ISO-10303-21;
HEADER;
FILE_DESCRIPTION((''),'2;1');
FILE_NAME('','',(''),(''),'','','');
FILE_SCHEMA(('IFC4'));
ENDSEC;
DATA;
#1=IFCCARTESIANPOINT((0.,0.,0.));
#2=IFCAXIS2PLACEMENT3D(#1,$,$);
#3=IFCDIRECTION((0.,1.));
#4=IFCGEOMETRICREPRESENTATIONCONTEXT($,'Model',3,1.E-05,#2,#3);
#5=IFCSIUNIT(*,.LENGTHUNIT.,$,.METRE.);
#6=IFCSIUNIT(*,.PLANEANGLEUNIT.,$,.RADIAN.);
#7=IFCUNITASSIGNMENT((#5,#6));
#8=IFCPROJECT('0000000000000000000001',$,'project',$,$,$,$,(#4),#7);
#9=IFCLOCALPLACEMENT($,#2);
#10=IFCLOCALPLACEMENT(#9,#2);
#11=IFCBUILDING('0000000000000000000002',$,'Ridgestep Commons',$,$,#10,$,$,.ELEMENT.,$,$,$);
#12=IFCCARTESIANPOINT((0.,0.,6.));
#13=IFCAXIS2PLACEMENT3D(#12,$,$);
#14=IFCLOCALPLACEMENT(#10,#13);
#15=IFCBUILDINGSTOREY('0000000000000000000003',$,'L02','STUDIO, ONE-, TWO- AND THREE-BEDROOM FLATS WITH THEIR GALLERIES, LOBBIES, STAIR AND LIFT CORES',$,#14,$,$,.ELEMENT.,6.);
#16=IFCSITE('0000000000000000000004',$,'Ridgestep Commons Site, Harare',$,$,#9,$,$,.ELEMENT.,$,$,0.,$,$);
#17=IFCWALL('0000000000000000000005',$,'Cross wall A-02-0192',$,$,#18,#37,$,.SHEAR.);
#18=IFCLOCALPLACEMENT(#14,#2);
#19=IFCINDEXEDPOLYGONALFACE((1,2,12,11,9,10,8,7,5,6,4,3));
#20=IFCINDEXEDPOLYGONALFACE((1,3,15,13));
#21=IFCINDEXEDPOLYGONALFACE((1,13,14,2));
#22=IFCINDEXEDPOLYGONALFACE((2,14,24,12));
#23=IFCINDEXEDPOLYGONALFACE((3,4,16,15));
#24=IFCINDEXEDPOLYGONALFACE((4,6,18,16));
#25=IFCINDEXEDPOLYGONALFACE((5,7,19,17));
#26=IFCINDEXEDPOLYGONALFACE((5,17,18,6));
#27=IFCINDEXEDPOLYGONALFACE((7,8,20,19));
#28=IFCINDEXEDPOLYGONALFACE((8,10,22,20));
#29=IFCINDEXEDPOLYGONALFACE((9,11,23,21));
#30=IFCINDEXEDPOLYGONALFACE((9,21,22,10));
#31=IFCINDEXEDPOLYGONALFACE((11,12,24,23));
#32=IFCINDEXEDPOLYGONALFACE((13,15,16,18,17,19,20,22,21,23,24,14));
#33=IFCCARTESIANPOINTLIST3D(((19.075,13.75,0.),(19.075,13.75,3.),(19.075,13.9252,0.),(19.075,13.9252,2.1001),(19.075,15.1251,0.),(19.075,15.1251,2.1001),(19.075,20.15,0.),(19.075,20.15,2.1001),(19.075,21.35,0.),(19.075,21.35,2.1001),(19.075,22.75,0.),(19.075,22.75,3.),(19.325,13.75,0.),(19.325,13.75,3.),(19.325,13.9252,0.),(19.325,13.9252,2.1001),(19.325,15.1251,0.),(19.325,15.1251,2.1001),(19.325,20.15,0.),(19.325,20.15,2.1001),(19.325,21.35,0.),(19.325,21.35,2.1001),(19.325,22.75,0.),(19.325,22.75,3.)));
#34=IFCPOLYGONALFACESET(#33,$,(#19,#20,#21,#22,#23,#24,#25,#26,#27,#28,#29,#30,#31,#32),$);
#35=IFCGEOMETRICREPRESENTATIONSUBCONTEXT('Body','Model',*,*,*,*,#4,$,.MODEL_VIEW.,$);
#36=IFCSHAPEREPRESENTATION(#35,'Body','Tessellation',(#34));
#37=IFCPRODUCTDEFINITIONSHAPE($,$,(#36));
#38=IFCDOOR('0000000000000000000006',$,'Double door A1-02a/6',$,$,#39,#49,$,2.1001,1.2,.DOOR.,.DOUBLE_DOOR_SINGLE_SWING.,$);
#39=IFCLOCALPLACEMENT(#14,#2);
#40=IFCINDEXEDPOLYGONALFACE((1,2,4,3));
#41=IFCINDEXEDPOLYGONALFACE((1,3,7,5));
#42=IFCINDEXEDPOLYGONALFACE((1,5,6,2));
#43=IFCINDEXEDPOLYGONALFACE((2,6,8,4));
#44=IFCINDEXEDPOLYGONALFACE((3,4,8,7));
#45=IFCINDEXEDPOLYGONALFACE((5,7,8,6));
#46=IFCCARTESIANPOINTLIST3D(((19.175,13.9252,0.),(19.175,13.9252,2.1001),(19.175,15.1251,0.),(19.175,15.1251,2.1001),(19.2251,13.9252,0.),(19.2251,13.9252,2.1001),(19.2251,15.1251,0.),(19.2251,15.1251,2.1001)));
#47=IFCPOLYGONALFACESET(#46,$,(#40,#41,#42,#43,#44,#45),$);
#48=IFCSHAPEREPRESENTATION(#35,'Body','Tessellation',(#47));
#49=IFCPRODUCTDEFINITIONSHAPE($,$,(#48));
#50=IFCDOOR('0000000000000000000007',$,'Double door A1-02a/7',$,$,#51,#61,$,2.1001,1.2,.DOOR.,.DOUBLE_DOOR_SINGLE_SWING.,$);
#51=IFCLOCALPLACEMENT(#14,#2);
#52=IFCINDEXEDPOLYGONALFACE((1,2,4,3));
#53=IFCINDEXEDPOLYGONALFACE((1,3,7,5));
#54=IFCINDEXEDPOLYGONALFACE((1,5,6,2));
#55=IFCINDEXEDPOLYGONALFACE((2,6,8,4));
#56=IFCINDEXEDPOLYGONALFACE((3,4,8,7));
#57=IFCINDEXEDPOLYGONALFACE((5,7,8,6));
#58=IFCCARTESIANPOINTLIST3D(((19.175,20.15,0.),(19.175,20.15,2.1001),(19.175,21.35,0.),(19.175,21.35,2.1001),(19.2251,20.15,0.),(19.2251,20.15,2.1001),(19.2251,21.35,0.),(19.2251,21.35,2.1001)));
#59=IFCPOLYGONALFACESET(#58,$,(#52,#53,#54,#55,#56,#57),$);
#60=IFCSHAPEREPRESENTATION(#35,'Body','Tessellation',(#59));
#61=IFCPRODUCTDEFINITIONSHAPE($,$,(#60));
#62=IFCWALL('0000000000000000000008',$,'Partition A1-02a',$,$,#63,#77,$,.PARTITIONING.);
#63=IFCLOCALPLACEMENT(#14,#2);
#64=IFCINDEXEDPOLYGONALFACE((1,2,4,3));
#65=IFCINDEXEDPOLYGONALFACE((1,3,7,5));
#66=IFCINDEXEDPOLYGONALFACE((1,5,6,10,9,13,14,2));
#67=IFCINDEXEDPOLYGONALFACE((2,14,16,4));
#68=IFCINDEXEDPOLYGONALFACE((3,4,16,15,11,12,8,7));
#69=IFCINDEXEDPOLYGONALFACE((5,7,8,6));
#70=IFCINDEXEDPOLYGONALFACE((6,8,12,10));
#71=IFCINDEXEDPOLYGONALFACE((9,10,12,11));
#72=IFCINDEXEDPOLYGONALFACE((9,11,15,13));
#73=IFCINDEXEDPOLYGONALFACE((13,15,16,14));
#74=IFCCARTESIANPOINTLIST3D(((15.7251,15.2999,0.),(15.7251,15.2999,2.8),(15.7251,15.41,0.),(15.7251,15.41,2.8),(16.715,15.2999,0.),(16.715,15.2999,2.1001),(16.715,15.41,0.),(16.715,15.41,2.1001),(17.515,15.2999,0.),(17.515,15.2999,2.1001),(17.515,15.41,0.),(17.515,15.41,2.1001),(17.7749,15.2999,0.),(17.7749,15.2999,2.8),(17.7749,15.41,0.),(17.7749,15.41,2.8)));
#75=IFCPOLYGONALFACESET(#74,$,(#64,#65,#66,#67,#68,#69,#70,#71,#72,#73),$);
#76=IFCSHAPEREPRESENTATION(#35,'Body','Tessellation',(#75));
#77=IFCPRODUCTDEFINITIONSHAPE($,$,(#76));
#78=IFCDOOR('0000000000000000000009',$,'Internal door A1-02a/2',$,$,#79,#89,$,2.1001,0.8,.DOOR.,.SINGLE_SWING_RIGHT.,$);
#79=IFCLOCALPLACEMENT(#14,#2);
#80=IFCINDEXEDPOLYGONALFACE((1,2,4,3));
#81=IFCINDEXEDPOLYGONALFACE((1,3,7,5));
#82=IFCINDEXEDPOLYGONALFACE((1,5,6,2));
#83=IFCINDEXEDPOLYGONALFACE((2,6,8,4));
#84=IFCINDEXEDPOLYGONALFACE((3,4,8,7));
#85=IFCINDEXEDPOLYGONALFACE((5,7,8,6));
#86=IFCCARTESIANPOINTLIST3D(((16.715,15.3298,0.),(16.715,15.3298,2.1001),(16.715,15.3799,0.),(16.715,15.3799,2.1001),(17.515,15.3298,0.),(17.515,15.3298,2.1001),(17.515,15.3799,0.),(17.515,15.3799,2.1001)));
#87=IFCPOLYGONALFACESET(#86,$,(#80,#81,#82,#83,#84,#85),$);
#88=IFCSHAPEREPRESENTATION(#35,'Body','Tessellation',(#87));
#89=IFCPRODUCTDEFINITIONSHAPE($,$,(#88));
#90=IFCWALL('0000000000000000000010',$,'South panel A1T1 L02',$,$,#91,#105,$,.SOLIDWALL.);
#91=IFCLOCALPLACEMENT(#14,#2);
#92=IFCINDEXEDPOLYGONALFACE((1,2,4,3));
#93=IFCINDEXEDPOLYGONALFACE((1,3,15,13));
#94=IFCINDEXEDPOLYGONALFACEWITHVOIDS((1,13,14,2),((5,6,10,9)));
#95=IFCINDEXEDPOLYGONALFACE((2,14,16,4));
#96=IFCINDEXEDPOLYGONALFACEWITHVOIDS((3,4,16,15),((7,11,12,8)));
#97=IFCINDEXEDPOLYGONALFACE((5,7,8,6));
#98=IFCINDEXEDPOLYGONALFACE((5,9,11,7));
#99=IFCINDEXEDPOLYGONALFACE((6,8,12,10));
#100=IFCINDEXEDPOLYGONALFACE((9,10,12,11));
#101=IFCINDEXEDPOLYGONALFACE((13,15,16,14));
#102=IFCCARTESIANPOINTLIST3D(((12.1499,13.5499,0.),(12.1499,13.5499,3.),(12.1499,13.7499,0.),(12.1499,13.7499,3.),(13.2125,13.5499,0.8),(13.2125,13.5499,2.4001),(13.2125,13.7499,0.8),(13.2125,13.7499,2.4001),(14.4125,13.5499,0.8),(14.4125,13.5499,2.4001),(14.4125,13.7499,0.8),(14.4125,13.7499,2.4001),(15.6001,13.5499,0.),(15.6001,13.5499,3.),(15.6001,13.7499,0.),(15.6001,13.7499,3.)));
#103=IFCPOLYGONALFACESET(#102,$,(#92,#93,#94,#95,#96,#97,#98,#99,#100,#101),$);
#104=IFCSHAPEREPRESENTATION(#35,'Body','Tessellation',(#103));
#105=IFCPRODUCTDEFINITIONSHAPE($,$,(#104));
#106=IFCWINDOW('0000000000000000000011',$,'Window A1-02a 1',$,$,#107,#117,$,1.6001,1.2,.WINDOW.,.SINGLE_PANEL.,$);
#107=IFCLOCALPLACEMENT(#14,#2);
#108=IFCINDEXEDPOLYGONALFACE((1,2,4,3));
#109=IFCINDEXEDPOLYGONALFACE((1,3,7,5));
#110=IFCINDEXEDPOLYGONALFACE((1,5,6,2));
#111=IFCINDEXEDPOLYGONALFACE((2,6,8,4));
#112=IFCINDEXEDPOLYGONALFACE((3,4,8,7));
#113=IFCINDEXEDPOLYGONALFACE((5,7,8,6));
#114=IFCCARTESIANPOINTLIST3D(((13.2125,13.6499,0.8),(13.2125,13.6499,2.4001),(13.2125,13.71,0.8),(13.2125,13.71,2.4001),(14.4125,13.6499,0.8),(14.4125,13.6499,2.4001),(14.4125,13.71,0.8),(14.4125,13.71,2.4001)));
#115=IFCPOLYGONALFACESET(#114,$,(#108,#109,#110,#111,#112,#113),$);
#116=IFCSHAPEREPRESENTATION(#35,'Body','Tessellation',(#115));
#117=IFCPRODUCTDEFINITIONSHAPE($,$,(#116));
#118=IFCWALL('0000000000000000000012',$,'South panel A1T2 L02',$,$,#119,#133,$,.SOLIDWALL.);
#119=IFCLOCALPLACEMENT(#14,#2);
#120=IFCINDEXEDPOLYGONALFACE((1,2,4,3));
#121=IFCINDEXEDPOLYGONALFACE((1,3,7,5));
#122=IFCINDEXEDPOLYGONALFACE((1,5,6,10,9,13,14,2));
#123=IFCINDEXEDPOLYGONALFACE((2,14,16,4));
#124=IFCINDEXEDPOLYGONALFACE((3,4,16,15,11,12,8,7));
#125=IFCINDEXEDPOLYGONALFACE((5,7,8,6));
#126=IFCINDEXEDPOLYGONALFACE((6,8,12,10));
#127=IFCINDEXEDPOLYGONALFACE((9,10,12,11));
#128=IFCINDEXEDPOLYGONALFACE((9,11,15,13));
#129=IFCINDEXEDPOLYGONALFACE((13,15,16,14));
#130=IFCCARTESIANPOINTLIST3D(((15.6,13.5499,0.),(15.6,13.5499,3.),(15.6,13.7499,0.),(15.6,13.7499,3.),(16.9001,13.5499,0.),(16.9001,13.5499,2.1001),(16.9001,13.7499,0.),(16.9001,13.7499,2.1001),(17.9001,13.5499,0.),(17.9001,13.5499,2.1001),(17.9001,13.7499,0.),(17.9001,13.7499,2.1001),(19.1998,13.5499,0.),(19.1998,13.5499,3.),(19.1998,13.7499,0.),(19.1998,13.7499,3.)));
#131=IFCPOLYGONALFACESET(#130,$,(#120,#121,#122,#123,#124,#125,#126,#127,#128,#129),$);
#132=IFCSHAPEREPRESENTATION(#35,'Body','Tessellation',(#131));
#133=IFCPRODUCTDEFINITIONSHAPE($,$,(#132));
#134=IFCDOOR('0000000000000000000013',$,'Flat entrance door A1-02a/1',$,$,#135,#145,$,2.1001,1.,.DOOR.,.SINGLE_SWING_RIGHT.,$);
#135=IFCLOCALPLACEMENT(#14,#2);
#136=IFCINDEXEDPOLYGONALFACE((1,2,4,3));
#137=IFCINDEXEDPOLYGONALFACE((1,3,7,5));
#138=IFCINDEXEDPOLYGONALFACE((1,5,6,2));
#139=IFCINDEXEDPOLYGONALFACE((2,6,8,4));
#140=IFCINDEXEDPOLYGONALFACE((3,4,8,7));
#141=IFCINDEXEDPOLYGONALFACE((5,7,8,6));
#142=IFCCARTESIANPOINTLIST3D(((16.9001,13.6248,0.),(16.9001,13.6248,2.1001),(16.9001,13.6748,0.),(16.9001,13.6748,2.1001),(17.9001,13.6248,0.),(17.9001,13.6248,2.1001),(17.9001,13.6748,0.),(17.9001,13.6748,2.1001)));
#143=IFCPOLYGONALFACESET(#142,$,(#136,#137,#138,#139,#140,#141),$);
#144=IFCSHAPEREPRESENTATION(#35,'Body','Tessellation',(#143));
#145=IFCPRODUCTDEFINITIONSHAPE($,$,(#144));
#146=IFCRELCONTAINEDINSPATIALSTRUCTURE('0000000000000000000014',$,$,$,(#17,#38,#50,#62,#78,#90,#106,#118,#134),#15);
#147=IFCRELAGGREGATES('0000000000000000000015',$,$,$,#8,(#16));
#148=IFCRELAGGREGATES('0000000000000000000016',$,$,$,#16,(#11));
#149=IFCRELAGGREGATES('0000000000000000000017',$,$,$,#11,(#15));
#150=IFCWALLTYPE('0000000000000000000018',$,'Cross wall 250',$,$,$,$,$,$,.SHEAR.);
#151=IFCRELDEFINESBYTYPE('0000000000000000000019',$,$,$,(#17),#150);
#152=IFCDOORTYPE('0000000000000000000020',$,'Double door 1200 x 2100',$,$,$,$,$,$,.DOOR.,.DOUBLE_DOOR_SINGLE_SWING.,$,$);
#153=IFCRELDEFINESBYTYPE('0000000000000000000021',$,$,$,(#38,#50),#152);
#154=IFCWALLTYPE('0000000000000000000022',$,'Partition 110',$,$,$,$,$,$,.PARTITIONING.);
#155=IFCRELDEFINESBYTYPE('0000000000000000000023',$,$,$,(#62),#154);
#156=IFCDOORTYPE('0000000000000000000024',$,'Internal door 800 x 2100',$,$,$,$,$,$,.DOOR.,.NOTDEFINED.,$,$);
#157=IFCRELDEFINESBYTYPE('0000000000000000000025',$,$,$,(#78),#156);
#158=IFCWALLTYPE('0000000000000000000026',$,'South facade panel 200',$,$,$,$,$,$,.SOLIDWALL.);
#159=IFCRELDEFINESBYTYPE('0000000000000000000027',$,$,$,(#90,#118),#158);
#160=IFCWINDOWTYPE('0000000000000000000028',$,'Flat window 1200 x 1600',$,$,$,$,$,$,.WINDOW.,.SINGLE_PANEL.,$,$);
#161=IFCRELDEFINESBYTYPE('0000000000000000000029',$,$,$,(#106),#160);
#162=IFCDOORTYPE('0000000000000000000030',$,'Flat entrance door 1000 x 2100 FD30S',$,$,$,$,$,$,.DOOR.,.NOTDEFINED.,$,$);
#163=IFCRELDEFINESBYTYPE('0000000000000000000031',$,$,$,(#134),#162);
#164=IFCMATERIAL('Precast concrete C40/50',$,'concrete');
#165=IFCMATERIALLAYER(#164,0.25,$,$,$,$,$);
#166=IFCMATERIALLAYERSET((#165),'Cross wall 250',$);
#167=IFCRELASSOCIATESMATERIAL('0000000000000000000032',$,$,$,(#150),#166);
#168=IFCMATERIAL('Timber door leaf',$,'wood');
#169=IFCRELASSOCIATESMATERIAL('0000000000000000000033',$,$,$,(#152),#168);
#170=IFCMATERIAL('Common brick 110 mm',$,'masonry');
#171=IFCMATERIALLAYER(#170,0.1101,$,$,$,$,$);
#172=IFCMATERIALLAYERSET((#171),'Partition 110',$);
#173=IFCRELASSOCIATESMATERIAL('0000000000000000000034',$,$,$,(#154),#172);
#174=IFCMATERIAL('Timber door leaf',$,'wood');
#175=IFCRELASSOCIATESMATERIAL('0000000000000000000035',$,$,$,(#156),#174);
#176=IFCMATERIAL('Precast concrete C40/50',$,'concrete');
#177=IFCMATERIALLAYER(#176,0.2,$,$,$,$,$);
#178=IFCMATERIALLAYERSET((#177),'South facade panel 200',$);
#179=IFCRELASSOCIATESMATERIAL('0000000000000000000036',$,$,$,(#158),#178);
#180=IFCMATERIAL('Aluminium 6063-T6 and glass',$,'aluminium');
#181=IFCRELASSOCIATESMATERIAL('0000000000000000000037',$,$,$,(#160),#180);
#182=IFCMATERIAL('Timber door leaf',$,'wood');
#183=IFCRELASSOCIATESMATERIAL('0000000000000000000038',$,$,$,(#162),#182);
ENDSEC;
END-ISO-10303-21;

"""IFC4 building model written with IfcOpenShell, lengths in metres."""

from ifc_helpers import new_model, si_unit, direction, frame, frame_2d, origin, place, context, subcontext, project, spatial, rectangle, extrude, material, layer, layer_set, type_object, element, fill, save


model = new_model("IFC4")

# Units and contexts
model_context = context("Model", 3, precision=1e-05, world=origin(), true_north=direction((0.0, 1.0)))
body_context = subcontext(model_context, "Body", "Model", "MODEL_VIEW")
ifc_project = project(units=[si_unit("LENGTHUNIT", "METRE"), si_unit("PLANEANGLEUNIT", "RADIAN")], contexts=[model_context])

# Site, building, storey
site_placement = place(None, origin())
site = spatial("IfcSite", under=ifc_project, at=site_placement, Name="Ridgestep Commons Site, Harare", CompositionType="ELEMENT", RefElevation=0.0)
building_placement = place(site_placement, origin())
building = spatial("IfcBuilding", under=site, at=building_placement, Name="Ridgestep Commons", CompositionType="ELEMENT")
storey_placement = place(building_placement, frame((0.0, 0.0, 6.0)))
storey = spatial("IfcBuildingStorey", under=building, at=storey_placement, Name="L02", Description="STUDIO, ONE-, TWO- AND THREE-BEDROOM FLATS WITH THEIR GALLERIES, LOBBIES, STAIR AND LIFT CORES", CompositionType="ELEMENT", Elevation=6.0)

# Wall, openings, doors
ifc_material_1 = material(Name="Precast concrete C40/50", Category="concrete")
ifc_layer_1 = layer(ifc_material_1, 0.25)
ifc_layer_set_1 = layer_set([ifc_layer_1], Name="Cross wall 250")
wall_type_1 = type_object("IfcWallType", Name="Cross wall 250", PredefinedType="SHEAR", material=ifc_layer_set_1)
ifc_material_2 = material(Name="Timber door leaf", Category="wood")
door_type_1 = type_object("IfcDoorType", Name="Double door 1200 x 2100", OperationType="DOUBLE_DOOR_SINGLE_SWING", PredefinedType="DOOR", material=ifc_material_2)
wall_1_placement = place(storey_placement, frame((19.2, 13.75, 0.0), z_axis=(0.0, 0.0, 1.0), x_axis=(0.0, 1.0, 0.0)))
wall_1 = element("IfcWall", 1, at=wall_1_placement, inside=storey, type_object=wall_type_1, Name="Cross wall A-02-0192", PredefinedType="SHEAR", context=body_context, shape_type="SweptSolid", body=[
    extrude(rectangle(XDim=9.0, YDim=0.25, at=frame_2d((4.5, 0.0))), origin(), (0.0, 0.0, 1.0), 3.0),
])
opening_1_placement = place(wall_1_placement, frame((0.175, 0.0, 0.0)))
opening_1 = element("IfcOpeningElement", 2, at=opening_1_placement, cuts=wall_1, PredefinedType="OPENING", context=body_context, shape_type="SweptSolid", body=[
    extrude(rectangle(XDim=1.2, YDim=2.1001, at=frame_2d((0.6001, 1.05))), frame((0.0, 0.135, 0.0), z_axis=(0.0, -1.0, 0.0), x_axis=(1.0, 0.0, 0.0)), (0.0, 0.0, 1.0), 0.27),
])
opening_2_placement = place(wall_1_placement, frame((6.3999, 0.0, 0.0)))
opening_2 = element("IfcOpeningElement", 3, at=opening_2_placement, cuts=wall_1, PredefinedType="OPENING", context=body_context, shape_type="SweptSolid", body=[
    extrude(rectangle(XDim=1.2, YDim=2.1001, at=frame_2d((0.6001, 1.05))), frame((0.0, 0.135, 0.0), z_axis=(0.0, -1.0, 0.0), x_axis=(1.0, 0.0, 0.0)), (0.0, 0.0, 1.0), 0.27),
])
door_1_placement = place(opening_1_placement, origin())
door_1 = element("IfcDoor", 4, at=door_1_placement, inside=storey, type_object=door_type_1, Name="Double door A1-02a/6", OperationType="DOUBLE_DOOR_SINGLE_SWING", OverallHeight=2.1001, OverallWidth=1.2, PredefinedType="DOOR", context=body_context, shape_type="SweptSolid", body=[
    extrude(rectangle(XDim=1.2, YDim=2.1001, at=frame_2d((0.6001, 1.05))), frame((0.0, 0.0249, 0.0), z_axis=(0.0, -1.0, 0.0), x_axis=(1.0, 0.0, 0.0)), (0.0, 0.0, 1.0), 0.05),
])
fill(opening_1, door_1)
door_2_placement = place(opening_2_placement, origin())
door_2 = element("IfcDoor", 5, at=door_2_placement, inside=storey, type_object=door_type_1, Name="Double door A1-02a/7", OperationType="DOUBLE_DOOR_SINGLE_SWING", OverallHeight=2.1001, OverallWidth=1.2, PredefinedType="DOOR", context=body_context, shape_type="SweptSolid", body=[
    extrude(rectangle(XDim=1.2, YDim=2.1001, at=frame_2d((0.6001, 1.05))), frame((0.0, 0.0249, 0.0), z_axis=(0.0, -1.0, 0.0), x_axis=(1.0, 0.0, 0.0)), (0.0, 0.0, 1.0), 0.05),
])
fill(opening_2, door_2)

# Wall, opening, door
ifc_material_3 = material(Name="Common brick 110 mm", Category="masonry")
ifc_layer_2 = layer(ifc_material_3, 0.1101)
ifc_layer_set_2 = layer_set([ifc_layer_2], Name="Partition 110")
wall_type_2 = type_object("IfcWallType", Name="Partition 110", PredefinedType="PARTITIONING", material=ifc_layer_set_2)
wall_2_placement = place(storey_placement, frame((15.7251, 15.355, 0.0), z_axis=(0.0, 0.0, 1.0), x_axis=(1.0, 0.0, 0.0)))
wall_2 = element("IfcWall", 6, at=wall_2_placement, inside=storey, type_object=wall_type_2, Name="Partition A1-02a", PredefinedType="PARTITIONING", context=body_context, shape_type="SweptSolid", body=[
    extrude(rectangle(XDim=2.0498, YDim=0.1101, at=frame_2d((1.0249, 0.0))), origin(), (0.0, 0.0, 1.0), 2.8),
])
opening_3_placement = place(wall_2_placement, frame((0.99, 0.0, 0.0)))
opening_3 = element("IfcOpeningElement", 7, at=opening_3_placement, cuts=wall_2, PredefinedType="OPENING", context=body_context, shape_type="SweptSolid", body=[
    extrude(rectangle(XDim=0.8, YDim=2.1001, at=frame_2d((0.3999, 1.05))), frame((0.0, 0.0649, 0.0), z_axis=(0.0, -1.0, 0.0), x_axis=(1.0, 0.0, 0.0)), (0.0, 0.0, 1.0), 0.1301),
])
ifc_material_4 = material(Name="Timber door leaf", Category="wood")
door_type_2 = type_object("IfcDoorType", Name="Internal door 800 x 2100", OperationType="NOTDEFINED", PredefinedType="DOOR", material=ifc_material_4)
door_3_placement = place(opening_3_placement, origin())
door_3 = element("IfcDoor", 8, at=door_3_placement, inside=storey, type_object=door_type_2, Name="Internal door A1-02a/2", OperationType="SINGLE_SWING_RIGHT", OverallHeight=2.1001, OverallWidth=0.8, PredefinedType="DOOR", context=body_context, shape_type="SweptSolid", body=[
    extrude(rectangle(XDim=0.8, YDim=2.1001, at=frame_2d((0.3999, 1.05))), frame((0.0, 0.0249, 0.0), z_axis=(0.0, -1.0, 0.0), x_axis=(1.0, 0.0, 0.0)), (0.0, 0.0, 1.0), 0.05),
])
fill(opening_3, door_3)

# Wall, opening, window
ifc_material_5 = material(Name="Precast concrete C40/50", Category="concrete")
ifc_layer_3 = layer(ifc_material_5, 0.2)
ifc_layer_set_3 = layer_set([ifc_layer_3], Name="South facade panel 200")
wall_type_3 = type_object("IfcWallType", Name="South facade panel 200", PredefinedType="SOLIDWALL", material=ifc_layer_set_3)
wall_3_placement = place(storey_placement, frame((12.1499, 13.6499, 0.0), z_axis=(0.0, 0.0, 1.0), x_axis=(1.0, 0.0, 0.0)))
wall_3 = element("IfcWall", 9, at=wall_3_placement, inside=storey, type_object=wall_type_3, Name="South panel A1T1 L02", PredefinedType="SOLIDWALL", context=body_context, shape_type="SweptSolid", body=[
    extrude(rectangle(XDim=3.4502, YDim=0.2, at=frame_2d((1.7251, 0.0))), origin(), (0.0, 0.0, 1.0), 3.0),
])
opening_4_placement = place(wall_3_placement, frame((1.0625, 0.0, 0.8)))
opening_4 = element("IfcOpeningElement", 10, at=opening_4_placement, cuts=wall_3, PredefinedType="OPENING", context=body_context, shape_type="SweptSolid", body=[
    extrude(rectangle(XDim=1.2, YDim=1.6001, at=frame_2d((0.6001, 0.8))), frame((0.0, 0.1099, 0.0), z_axis=(0.0, -1.0, 0.0), x_axis=(1.0, 0.0, 0.0)), (0.0, 0.0, 1.0), 0.22),
])
ifc_material_6 = material(Name="Aluminium 6063-T6 and glass", Category="aluminium")
window_type = type_object("IfcWindowType", Name="Flat window 1200 x 1600", PartitioningType="SINGLE_PANEL", PredefinedType="WINDOW", material=ifc_material_6)
window_1_placement = place(opening_4_placement, origin())
window_1 = element("IfcWindow", 11, at=window_1_placement, inside=storey, type_object=window_type, Name="Window A1-02a 1", OverallHeight=1.6001, OverallWidth=1.2, PartitioningType="SINGLE_PANEL", PredefinedType="WINDOW", context=body_context, shape_type="SweptSolid", body=[
    extrude(rectangle(XDim=1.2, YDim=1.6001, at=frame_2d((0.6001, 0.8))), frame((0.0, 0.0601, 0.0), z_axis=(0.0, -1.0, 0.0), x_axis=(1.0, 0.0, 0.0)), (0.0, 0.0, 1.0), 0.0601),
])
fill(opening_4, window_1)

# Wall, opening, door
wall_4_placement = place(storey_placement, frame((15.6001, 13.6499, 0.0), z_axis=(0.0, 0.0, 1.0), x_axis=(1.0, 0.0, 0.0)))
wall_4 = element("IfcWall", 12, at=wall_4_placement, inside=storey, type_object=wall_type_3, Name="South panel A1T2 L02", PredefinedType="SOLIDWALL", context=body_context, shape_type="SweptSolid", body=[
    extrude(rectangle(XDim=3.5999, YDim=0.2, at=frame_2d((1.7998, 0.0))), origin(), (0.0, 0.0, 1.0), 3.0),
])
opening_5_placement = place(wall_4_placement, frame((1.3, 0.0, 0.0)))
opening_5 = element("IfcOpeningElement", 13, at=opening_5_placement, cuts=wall_4, PredefinedType="OPENING", context=body_context, shape_type="SweptSolid", body=[
    extrude(rectangle(XDim=1.0, YDim=2.1001, at=frame_2d((0.5, 1.05))), frame((0.0, 0.1099, 0.0), z_axis=(0.0, -1.0, 0.0), x_axis=(1.0, 0.0, 0.0)), (0.0, 0.0, 1.0), 0.22),
])
ifc_material_7 = material(Name="Timber door leaf", Category="wood")
door_type_3 = type_object("IfcDoorType", Name="Flat entrance door 1000 x 2100 FD30S", OperationType="NOTDEFINED", PredefinedType="DOOR", material=ifc_material_7)
door_4_placement = place(opening_5_placement, origin())
door_4 = element("IfcDoor", 14, at=door_4_placement, inside=storey, type_object=door_type_3, Name="Flat entrance door A1-02a/1", OperationType="SINGLE_SWING_RIGHT", OverallHeight=2.1001, OverallWidth=1.0, PredefinedType="DOOR", context=body_context, shape_type="SweptSolid", body=[
    extrude(rectangle(XDim=1.0, YDim=2.1001, at=frame_2d((0.5, 1.05))), frame((0.0, 0.0249, 0.0), z_axis=(0.0, -1.0, 0.0), x_axis=(1.0, 0.0, 0.0)), (0.0, 0.0, 1.0), 0.05),
])
fill(opening_5, door_4)

save(model, "model.ifc")
